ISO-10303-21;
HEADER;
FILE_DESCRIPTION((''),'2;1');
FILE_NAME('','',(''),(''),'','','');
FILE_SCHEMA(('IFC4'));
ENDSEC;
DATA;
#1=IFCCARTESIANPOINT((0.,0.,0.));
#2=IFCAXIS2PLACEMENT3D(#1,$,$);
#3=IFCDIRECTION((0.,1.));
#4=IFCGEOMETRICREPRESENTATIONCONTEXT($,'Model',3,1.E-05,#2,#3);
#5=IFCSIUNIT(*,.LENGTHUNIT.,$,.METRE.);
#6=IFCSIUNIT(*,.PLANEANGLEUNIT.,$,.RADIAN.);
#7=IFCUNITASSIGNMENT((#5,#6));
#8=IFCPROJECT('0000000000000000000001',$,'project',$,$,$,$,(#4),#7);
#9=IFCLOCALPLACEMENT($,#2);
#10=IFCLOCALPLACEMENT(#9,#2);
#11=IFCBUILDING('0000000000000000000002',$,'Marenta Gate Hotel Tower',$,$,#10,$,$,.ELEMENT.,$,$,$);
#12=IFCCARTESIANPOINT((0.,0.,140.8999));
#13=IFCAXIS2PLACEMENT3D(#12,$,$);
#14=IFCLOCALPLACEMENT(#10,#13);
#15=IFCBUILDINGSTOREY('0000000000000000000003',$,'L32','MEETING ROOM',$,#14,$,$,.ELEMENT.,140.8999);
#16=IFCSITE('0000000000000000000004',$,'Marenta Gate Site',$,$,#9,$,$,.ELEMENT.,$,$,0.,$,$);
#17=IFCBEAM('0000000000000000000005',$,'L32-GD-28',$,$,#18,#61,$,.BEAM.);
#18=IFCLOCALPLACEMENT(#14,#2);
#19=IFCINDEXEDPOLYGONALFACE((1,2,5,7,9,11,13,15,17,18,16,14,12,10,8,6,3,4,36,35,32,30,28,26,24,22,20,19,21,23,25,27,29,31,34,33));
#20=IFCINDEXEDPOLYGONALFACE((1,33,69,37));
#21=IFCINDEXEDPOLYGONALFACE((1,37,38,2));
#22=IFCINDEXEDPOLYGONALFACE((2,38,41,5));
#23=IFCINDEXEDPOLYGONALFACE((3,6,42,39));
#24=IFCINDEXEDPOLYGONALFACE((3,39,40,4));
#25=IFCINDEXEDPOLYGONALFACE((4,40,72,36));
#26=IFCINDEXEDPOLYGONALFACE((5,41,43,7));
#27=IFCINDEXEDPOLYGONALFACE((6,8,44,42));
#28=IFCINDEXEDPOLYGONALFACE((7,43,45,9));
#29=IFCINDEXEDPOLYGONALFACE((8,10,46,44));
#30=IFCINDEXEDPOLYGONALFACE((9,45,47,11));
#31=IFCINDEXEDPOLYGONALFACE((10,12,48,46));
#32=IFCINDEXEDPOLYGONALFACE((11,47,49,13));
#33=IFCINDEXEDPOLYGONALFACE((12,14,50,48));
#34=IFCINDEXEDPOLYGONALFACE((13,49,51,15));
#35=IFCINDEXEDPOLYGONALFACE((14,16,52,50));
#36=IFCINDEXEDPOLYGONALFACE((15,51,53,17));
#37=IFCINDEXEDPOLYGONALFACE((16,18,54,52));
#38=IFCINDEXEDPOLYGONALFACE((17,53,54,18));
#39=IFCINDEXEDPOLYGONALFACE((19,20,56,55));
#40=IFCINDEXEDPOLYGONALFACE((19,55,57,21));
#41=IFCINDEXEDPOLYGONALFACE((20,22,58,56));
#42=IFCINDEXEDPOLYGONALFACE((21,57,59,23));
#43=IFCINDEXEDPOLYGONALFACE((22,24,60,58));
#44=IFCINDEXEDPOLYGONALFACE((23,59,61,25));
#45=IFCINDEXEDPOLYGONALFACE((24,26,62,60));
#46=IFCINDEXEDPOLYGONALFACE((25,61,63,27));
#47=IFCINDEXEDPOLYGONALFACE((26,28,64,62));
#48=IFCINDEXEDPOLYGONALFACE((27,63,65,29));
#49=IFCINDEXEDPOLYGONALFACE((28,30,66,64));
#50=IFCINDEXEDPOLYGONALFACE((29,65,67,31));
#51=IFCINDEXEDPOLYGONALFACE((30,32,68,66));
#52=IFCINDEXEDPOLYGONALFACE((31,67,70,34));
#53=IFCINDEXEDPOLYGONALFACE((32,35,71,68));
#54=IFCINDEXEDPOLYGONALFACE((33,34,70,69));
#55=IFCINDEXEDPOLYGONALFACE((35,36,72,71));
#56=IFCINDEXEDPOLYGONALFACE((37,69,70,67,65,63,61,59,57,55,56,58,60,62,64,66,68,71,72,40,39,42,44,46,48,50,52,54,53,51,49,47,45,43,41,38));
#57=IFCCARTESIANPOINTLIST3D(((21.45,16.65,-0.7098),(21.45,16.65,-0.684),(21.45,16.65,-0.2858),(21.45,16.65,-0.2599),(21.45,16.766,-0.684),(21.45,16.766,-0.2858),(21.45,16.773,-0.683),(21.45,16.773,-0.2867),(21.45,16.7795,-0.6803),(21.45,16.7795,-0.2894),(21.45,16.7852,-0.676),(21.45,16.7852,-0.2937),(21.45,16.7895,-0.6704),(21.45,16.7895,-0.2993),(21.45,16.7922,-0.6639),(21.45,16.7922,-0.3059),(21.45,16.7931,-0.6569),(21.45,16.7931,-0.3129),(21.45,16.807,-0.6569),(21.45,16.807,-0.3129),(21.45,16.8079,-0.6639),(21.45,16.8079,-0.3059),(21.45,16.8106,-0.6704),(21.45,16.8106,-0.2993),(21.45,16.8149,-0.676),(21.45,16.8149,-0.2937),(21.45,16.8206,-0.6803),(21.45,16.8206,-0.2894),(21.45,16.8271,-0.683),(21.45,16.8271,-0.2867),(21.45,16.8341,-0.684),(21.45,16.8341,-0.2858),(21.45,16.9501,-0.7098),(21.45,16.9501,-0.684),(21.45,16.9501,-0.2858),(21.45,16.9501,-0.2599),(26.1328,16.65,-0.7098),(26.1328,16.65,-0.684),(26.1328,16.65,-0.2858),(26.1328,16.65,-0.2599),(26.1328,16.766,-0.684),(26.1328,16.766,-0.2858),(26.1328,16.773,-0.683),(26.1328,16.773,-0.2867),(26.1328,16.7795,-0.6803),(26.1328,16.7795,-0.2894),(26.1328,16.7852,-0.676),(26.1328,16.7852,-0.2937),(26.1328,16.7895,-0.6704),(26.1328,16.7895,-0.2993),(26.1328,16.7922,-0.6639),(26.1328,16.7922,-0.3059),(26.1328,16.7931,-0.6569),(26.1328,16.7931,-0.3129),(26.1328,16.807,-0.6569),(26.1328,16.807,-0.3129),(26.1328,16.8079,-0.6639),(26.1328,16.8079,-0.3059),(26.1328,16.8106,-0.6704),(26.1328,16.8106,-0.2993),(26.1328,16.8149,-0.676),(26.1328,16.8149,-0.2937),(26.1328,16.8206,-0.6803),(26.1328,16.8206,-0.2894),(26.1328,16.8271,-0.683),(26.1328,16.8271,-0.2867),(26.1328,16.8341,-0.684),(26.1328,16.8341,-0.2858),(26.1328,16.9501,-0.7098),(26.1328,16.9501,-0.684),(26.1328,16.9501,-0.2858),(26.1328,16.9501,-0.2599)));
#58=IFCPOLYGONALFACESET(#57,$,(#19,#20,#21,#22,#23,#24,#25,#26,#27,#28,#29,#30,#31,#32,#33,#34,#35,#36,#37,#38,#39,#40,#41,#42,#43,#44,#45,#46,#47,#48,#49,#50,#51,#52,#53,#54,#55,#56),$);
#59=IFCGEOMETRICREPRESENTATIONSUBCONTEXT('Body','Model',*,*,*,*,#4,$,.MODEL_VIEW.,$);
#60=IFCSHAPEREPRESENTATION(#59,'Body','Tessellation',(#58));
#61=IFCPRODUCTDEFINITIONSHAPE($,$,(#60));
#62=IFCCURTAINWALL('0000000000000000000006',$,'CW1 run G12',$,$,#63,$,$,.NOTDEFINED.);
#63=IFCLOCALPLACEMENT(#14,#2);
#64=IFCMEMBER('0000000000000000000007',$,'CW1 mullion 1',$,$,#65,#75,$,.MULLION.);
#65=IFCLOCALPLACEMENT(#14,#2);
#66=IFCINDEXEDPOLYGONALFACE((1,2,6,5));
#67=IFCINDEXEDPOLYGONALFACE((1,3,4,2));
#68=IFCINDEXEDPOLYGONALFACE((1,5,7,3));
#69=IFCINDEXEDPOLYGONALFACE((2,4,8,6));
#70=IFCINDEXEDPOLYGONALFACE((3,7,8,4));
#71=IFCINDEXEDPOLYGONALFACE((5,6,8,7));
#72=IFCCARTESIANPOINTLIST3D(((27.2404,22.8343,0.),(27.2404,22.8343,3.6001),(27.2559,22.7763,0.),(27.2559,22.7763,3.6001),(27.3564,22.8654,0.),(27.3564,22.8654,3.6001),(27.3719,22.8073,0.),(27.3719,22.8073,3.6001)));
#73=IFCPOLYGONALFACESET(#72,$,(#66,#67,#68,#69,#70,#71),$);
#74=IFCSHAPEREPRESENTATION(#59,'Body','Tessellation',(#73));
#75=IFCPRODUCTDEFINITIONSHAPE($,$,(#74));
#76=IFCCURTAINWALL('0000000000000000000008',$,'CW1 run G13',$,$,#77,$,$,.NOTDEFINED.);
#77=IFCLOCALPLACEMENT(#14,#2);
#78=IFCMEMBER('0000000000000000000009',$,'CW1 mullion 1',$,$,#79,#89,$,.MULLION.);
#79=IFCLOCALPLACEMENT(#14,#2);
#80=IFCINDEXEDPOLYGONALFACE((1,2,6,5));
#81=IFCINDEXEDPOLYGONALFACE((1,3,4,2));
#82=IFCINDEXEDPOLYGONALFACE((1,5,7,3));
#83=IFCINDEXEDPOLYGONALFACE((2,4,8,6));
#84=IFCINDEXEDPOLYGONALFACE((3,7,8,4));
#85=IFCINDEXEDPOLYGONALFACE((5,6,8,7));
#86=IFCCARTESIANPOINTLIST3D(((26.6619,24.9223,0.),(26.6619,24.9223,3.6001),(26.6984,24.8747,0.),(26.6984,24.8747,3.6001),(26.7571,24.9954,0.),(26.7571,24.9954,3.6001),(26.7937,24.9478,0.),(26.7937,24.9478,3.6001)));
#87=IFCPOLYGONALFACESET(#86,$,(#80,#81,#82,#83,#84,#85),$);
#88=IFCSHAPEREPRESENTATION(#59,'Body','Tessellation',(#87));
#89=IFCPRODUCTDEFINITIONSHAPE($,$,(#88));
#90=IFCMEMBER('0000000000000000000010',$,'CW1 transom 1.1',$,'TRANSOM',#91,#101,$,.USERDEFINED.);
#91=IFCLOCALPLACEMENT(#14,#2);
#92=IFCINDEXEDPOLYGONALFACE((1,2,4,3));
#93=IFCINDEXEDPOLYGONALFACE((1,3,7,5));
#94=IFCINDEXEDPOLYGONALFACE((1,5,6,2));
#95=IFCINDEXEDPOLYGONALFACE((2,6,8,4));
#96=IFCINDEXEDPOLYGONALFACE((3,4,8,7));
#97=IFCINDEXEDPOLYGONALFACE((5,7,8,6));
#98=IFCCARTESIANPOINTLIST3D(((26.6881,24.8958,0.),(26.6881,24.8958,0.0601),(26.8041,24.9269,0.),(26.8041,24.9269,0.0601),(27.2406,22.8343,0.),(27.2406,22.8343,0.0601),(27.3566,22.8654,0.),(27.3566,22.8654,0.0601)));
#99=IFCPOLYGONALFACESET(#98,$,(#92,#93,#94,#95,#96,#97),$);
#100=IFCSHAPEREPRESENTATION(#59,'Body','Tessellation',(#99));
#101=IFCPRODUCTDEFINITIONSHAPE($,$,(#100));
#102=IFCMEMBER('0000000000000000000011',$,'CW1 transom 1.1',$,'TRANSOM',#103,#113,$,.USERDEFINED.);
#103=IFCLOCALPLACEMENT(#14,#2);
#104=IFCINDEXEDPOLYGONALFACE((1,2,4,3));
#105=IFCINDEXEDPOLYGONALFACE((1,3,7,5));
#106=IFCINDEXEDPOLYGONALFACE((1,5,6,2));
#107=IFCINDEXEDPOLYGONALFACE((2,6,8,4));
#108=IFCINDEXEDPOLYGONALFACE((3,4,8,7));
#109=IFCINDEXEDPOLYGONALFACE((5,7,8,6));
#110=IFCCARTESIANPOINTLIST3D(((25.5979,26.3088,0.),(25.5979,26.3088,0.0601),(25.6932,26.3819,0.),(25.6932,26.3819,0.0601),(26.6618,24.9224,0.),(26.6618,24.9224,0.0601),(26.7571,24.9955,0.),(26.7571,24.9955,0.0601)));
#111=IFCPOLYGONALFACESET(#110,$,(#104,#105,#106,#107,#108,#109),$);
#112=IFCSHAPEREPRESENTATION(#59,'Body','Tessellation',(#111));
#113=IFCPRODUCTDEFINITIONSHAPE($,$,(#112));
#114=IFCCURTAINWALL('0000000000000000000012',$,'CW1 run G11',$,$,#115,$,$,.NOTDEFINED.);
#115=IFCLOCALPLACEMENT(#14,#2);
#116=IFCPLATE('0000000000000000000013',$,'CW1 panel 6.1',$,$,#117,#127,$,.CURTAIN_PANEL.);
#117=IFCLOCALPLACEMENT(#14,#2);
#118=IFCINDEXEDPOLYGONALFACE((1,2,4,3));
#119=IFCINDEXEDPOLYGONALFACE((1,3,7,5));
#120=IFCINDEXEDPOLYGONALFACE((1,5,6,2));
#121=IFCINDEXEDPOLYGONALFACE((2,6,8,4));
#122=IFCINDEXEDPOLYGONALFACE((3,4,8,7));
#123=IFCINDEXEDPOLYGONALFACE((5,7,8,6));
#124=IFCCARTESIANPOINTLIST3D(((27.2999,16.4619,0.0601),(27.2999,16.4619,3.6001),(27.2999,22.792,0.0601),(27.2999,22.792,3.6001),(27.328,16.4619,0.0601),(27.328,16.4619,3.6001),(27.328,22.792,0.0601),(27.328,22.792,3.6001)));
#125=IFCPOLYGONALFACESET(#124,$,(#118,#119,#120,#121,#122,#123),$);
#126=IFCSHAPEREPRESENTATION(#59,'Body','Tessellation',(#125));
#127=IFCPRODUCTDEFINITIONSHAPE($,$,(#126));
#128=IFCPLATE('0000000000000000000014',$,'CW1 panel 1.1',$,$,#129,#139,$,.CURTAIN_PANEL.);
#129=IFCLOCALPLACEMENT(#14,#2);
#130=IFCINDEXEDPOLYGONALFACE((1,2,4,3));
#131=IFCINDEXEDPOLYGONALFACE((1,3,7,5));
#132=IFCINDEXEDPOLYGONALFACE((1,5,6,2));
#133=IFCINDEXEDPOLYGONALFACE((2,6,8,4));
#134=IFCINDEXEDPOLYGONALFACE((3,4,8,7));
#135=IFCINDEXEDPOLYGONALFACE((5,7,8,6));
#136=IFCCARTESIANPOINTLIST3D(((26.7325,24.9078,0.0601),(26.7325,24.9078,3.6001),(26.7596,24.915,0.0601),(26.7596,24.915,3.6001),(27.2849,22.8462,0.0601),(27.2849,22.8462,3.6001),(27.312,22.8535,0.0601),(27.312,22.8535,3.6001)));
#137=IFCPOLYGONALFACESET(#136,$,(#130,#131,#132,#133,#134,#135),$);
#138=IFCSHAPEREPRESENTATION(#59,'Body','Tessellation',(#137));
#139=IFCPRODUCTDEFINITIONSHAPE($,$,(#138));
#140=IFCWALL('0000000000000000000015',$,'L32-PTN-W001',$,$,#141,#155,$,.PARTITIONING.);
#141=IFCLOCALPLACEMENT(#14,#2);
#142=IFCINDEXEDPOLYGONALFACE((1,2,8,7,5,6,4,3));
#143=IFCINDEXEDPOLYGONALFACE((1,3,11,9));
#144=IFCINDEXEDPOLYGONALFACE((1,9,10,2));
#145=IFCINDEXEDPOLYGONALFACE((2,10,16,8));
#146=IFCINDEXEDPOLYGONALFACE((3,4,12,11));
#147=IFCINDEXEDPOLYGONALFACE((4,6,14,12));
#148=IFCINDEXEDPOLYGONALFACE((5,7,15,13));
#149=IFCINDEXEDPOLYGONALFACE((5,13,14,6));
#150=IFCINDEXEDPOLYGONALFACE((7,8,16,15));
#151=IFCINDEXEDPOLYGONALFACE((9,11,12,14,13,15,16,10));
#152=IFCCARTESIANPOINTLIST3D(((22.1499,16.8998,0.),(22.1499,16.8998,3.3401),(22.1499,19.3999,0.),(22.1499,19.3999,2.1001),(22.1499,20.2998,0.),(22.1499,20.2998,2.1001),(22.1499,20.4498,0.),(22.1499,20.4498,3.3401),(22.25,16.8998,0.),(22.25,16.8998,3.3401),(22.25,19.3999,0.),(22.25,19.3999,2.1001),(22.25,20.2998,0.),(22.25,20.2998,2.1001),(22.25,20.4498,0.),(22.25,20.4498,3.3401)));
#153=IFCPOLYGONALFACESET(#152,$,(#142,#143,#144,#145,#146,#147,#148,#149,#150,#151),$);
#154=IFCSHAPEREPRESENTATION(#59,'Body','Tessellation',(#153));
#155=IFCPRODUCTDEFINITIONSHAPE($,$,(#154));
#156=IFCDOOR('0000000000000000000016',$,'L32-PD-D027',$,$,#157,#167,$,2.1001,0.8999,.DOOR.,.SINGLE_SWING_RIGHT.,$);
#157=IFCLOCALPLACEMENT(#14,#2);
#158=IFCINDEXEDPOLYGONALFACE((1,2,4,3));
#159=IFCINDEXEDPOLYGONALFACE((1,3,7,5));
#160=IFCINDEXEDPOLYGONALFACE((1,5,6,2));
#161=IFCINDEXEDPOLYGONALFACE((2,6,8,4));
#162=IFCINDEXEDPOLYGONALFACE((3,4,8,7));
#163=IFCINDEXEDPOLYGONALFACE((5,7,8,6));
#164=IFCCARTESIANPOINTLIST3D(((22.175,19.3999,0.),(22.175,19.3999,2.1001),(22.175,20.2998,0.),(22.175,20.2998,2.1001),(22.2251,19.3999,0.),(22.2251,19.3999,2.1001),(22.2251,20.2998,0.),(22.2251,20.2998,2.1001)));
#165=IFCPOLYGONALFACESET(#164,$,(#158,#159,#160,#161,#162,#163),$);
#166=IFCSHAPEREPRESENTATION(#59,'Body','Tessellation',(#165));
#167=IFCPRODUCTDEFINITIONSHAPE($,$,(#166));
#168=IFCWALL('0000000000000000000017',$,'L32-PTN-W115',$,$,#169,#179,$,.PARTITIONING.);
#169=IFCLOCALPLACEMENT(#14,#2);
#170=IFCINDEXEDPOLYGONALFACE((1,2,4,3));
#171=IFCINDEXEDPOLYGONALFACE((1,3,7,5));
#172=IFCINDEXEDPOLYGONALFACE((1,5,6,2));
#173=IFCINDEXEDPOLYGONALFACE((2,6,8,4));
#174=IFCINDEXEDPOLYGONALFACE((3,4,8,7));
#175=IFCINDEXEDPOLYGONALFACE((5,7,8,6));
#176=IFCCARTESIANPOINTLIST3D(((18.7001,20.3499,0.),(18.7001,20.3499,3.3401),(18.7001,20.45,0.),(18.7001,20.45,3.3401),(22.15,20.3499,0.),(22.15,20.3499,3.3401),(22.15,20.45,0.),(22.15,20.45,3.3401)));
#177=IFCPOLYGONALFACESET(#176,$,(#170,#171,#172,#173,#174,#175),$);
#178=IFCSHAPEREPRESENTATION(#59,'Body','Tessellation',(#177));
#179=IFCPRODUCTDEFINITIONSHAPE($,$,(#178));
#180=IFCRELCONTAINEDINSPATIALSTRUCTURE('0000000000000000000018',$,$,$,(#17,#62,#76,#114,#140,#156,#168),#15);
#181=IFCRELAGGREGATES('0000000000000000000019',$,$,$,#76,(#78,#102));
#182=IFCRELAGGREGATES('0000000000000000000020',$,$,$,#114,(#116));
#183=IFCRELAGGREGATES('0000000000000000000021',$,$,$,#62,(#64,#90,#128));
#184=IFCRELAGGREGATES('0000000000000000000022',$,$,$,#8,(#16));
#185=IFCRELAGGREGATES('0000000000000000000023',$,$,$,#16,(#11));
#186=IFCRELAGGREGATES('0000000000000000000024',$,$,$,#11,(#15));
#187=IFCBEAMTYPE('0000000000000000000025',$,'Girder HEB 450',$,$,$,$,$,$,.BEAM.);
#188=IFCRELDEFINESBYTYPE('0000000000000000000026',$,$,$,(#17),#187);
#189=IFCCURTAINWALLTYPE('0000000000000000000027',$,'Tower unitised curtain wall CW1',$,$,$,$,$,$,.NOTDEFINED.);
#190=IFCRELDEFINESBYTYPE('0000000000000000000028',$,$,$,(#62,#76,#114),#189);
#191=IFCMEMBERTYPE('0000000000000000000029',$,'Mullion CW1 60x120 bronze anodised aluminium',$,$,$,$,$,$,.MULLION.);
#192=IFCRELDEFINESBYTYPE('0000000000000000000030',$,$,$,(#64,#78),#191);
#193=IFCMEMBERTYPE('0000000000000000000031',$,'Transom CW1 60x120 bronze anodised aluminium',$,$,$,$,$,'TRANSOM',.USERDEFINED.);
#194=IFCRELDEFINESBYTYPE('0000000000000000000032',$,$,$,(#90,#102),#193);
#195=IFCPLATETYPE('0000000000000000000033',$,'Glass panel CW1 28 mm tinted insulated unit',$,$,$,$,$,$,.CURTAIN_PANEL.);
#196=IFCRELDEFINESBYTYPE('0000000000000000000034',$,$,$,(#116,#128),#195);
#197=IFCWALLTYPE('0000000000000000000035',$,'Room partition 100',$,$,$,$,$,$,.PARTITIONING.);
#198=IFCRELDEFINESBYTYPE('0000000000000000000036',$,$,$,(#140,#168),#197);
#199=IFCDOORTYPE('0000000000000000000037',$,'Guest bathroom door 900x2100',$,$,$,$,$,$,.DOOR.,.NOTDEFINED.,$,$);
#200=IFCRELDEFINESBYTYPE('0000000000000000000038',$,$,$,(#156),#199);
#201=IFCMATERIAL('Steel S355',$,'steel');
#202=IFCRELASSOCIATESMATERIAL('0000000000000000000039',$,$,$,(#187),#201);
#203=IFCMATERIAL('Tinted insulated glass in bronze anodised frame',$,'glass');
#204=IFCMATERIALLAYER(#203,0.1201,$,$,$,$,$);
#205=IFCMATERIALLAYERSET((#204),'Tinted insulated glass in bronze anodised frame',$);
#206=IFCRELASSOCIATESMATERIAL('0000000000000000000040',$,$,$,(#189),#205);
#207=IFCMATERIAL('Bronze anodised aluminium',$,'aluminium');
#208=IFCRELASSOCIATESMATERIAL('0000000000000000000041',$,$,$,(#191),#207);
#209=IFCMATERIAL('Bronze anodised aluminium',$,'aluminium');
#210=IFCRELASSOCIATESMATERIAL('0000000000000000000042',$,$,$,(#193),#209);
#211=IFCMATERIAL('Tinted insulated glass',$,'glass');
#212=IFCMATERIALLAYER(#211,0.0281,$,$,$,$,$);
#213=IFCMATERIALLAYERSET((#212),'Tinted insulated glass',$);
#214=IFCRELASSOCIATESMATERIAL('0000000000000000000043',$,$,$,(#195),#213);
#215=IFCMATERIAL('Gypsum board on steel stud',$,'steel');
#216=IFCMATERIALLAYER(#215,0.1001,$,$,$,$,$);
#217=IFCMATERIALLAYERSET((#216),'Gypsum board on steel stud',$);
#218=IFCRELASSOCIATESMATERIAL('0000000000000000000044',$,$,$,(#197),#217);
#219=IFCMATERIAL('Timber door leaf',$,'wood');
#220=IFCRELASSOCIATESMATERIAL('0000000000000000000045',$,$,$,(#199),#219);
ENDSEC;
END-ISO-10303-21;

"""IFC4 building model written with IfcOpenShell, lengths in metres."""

from ifc_helpers import new_model, si_unit, direction, frame, frame_2d, origin, origin_2d, place, context, subcontext, project, spatial, rectangle, i_section, extrude, material, layer, layer_set, material_profile, profile_set, type_object, element, fill, aggregate, save


model = new_model("IFC4")

# Units and contexts
model_context = context("Model", 3, precision=1e-05, world=origin(), true_north=direction((0.0, 1.0)))
body_context = subcontext(model_context, "Body", "Model", "MODEL_VIEW")
ifc_project = project(units=[si_unit("LENGTHUNIT", "METRE"), si_unit("PLANEANGLEUNIT", "RADIAN")], contexts=[model_context])

# Site, building, storey
site_placement = place(None, origin())
site = spatial("IfcSite", under=ifc_project, at=site_placement, Name="Marenta Gate Site", CompositionType="ELEMENT", RefElevation=0.0)
building_placement = place(site_placement, origin())
building = spatial("IfcBuilding", under=site, at=building_placement, Name="Marenta Gate Hotel Tower", CompositionType="ELEMENT")
storey_placement = place(building_placement, frame((0.0, 0.0, 140.8999)))
storey = spatial("IfcBuildingStorey", under=building, at=storey_placement, Name="L32", Description="MEETING ROOM", CompositionType="ELEMENT", Elevation=140.8999)

# Beam
ifc_material_1 = material(Name="Steel S355", Category="steel")
ifc_material_profile_1 = material_profile(ifc_material_1, i_section(OverallWidth=0.3, OverallDepth=0.45, WebThickness=0.0139, FlangeThickness=0.0259, FilletRadius=0.0271, at=origin_2d()), Name="HEB 450")
ifc_profile_set_1 = profile_set([ifc_material_profile_1], Name="Steel S355")
beam_type_1 = type_object("IfcBeamType", Name="Girder HEB 450", PredefinedType="BEAM", material=ifc_profile_set_1)
beam_1_placement = place(storey_placement, frame((21.45, 16.8, -0.4849), z_axis=(1.0, 0.0, 0.0), x_axis=(0.0, 1.0, 0.0)))
element("IfcBeam", 1, at=beam_1_placement, inside=storey, type_object=beam_type_1, Name="L32-GD-28", PredefinedType="BEAM", context=body_context, shape_type="SweptSolid", body=[
    extrude(i_section(OverallWidth=0.3, OverallDepth=0.45, WebThickness=0.0139, FlangeThickness=0.0259, FilletRadius=0.0271, at=origin_2d()), origin(), (0.0, 0.0, 1.0), 4.6829),
])

# Curtain walls, members
ifc_material_2 = material(Name="Tinted insulated glass in bronze anodised frame", Category="glass")
ifc_layer_1 = layer(ifc_material_2, 0.1201)
ifc_layer_set_1 = layer_set([ifc_layer_1], Name="Tinted insulated glass in bronze anodised frame")
curtain_wall_type = type_object("IfcCurtainWallType", Name="Tower unitised curtain wall CW1", PredefinedType="NOTDEFINED", material=ifc_layer_set_1)
curtain_wall_1_placement = place(storey_placement, origin())
curtain_wall_1 = element("IfcCurtainWall", 2, at=curtain_wall_1_placement, inside=storey, type_object=curtain_wall_type, Name="CW1 run G12", PredefinedType="NOTDEFINED")
ifc_material_3 = material(Name="Bronze anodised aluminium", Category="aluminium")
ifc_material_profile_2 = material_profile(ifc_material_3, rectangle(XDim=0.1201, YDim=0.0601, at=origin_2d()), Name="Mullion CW1 60x120 bronze anodised aluminium")
ifc_profile_set_2 = profile_set([ifc_material_profile_2], Name="Bronze anodised aluminium")
member_type_1 = type_object("IfcMemberType", Name="Mullion CW1 60x120 bronze anodised aluminium", PredefinedType="MULLION", material=ifc_profile_set_2)
member_1_placement = place(storey_placement, frame((27.3062, 22.8208, 0.0), z_axis=(0.0, 0.0, 1.0), x_axis=(-0.965925, -0.258823, 0.0)))
member_1 = element("IfcMember", 3, at=member_1_placement, type_object=member_type_1, Name="CW1 mullion 1", PredefinedType="MULLION", context=body_context, shape_type="SweptSolid", body=[
    extrude(rectangle(XDim=0.1201, YDim=0.0601, at=origin_2d()), origin(), (0.0, 0.0, 1.0), 3.6001),
])
curtain_wall_2_placement = place(storey_placement, origin())
curtain_wall_2 = element("IfcCurtainWall", 4, at=curtain_wall_2_placement, inside=storey, type_object=curtain_wall_type, Name="CW1 run G13", PredefinedType="NOTDEFINED")
member_2_placement = place(storey_placement, frame((26.7278, 24.9351, 0.0), z_axis=(0.0, 0.0, 1.0), x_axis=(-0.793327, -0.608796, 0.0)))
member_2 = element("IfcMember", 5, at=member_2_placement, type_object=member_type_1, Name="CW1 mullion 1", PredefinedType="MULLION", context=body_context, shape_type="SweptSolid", body=[
    extrude(rectangle(XDim=0.1201, YDim=0.0601, at=origin_2d()), origin(), (0.0, 0.0, 1.0), 3.6001),
])

# Members
ifc_material_4 = material(Name="Bronze anodised aluminium", Category="aluminium")
ifc_material_profile_3 = material_profile(ifc_material_4, rectangle(XDim=0.1201, YDim=0.0601, at=origin_2d()), Name="Transom CW1 60x120 bronze anodised aluminium")
ifc_profile_set_3 = profile_set([ifc_material_profile_3], Name="Bronze anodised aluminium")
member_type_2 = type_object("IfcMemberType", Name="Transom CW1 60x120 bronze anodised aluminium", ElementType="TRANSOM", PredefinedType="USERDEFINED", material=ifc_profile_set_3)
member_3_placement = place(storey_placement, frame((27.2986, 22.8499, 0.03), z_axis=(-0.258866, 0.965913, 0.0), x_axis=(-0.965913, -0.258866, 0.0)))
member_3 = element("IfcMember", 6, at=member_3_placement, type_object=member_type_2, Name="CW1 transom 1.1", ObjectType="TRANSOM", PredefinedType="USERDEFINED", context=body_context, shape_type="SweptSolid", body=[
    extrude(rectangle(XDim=0.1201, YDim=0.0601, at=origin_2d()), origin(), (0.0, 0.0, 1.0), 2.1343),
])
member_4_placement = place(storey_placement, frame((26.7095, 24.959, 0.03), z_axis=(-0.608792, 0.79333, 0.0), x_axis=(-0.79333, -0.608792, 0.0)))
member_4 = element("IfcMember", 7, at=member_4_placement, type_object=member_type_2, Name="CW1 transom 1.1", ObjectType="TRANSOM", PredefinedType="USERDEFINED", context=body_context, shape_type="SweptSolid", body=[
    extrude(rectangle(XDim=0.1201, YDim=0.0601, at=origin_2d()), origin(), (0.0, 0.0, 1.0), 1.7476),
])
aggregate(curtain_wall_2, [member_2, member_4])

# Curtain wall, plate
curtain_wall_3_placement = place(storey_placement, origin())
curtain_wall_3 = element("IfcCurtainWall", 8, at=curtain_wall_3_placement, inside=storey, type_object=curtain_wall_type, Name="CW1 run G11", PredefinedType="NOTDEFINED")
ifc_material_5 = material(Name="Tinted insulated glass", Category="glass")
ifc_layer_2 = layer(ifc_material_5, 0.0281)
ifc_layer_set_2 = layer_set([ifc_layer_2], Name="Tinted insulated glass")
plate_type = type_object("IfcPlateType", Name="Glass panel CW1 28 mm tinted insulated unit", PredefinedType="CURTAIN_PANEL", material=ifc_layer_set_2)
plate_1_placement = place(storey_placement, frame((27.314, 19.627, 0.0601), z_axis=(0.0, 0.0, 1.0), x_axis=(0.0, 1.0, 0.0)))
plate_1 = element("IfcPlate", 9, at=plate_1_placement, type_object=plate_type, Name="CW1 panel 6.1", PredefinedType="CURTAIN_PANEL", context=body_context, shape_type="SweptSolid", body=[
    extrude(rectangle(XDim=6.3301, YDim=0.0281, at=origin_2d()), origin(), (0.0, 0.0, 1.0), 3.54),
])
aggregate(curtain_wall_3, [plate_1])

# Plate
plate_2_placement = place(storey_placement, frame((27.0222, 23.8806, 0.0601), z_axis=(0.0, 0.0, 1.0), x_axis=(-0.258823, 0.965925, 0.0)))
plate_2 = element("IfcPlate", 10, at=plate_2_placement, type_object=plate_type, Name="CW1 panel 1.1", PredefinedType="CURTAIN_PANEL", context=body_context, shape_type="SweptSolid", body=[
    extrude(rectangle(XDim=2.1343, YDim=0.0281, at=origin_2d()), origin(), (0.0, 0.0, 1.0), 3.54),
])
aggregate(curtain_wall_1, [member_1, member_3, plate_2])

# Wall, opening, door
ifc_material_6 = material(Name="Gypsum board on steel stud", Category="steel")
ifc_layer_3 = layer(ifc_material_6, 0.1001)
ifc_layer_set_3 = layer_set([ifc_layer_3], Name="Gypsum board on steel stud")
wall_type_1 = type_object("IfcWallType", Name="Room partition 100", PredefinedType="PARTITIONING", material=ifc_layer_set_3)
wall_1_placement = place(storey_placement, frame((22.2, 16.8999, 0.0), z_axis=(0.0, 0.0, 1.0), x_axis=(0.0, 1.0, 0.0)))
wall_1 = element("IfcWall", 11, at=wall_1_placement, inside=storey, type_object=wall_type_1, Name="L32-PTN-W001", PredefinedType="PARTITIONING", context=body_context, shape_type="SweptSolid", body=[
    extrude(rectangle(XDim=3.55, YDim=0.1001, at=frame_2d((1.7749, 0.0))), origin(), (0.0, 0.0, 1.0), 3.3401),
])
opening_placement = place(wall_1_placement, frame((2.5, 0.0, 0.0)))
opening = element("IfcOpeningElement", 12, at=opening_placement, cuts=wall_1, PredefinedType="OPENING", context=body_context, shape_type="SweptSolid", body=[
    extrude(rectangle(XDim=0.8999, YDim=2.1001, at=frame_2d((0.45, 1.05))), frame((0.0, 0.05, 0.0), z_axis=(0.0, -1.0, 0.0), x_axis=(1.0, 0.0, 0.0)), (0.0, 0.0, 1.0), 0.1001),
])
ifc_material_7 = material(Name="Timber door leaf", Category="wood")
door_type = type_object("IfcDoorType", Name="Guest bathroom door 900x2100", OperationType="NOTDEFINED", PredefinedType="DOOR", material=ifc_material_7)
door_placement = place(opening_placement, origin())
door = element("IfcDoor", 13, at=door_placement, inside=storey, type_object=door_type, Name="L32-PD-D027", OperationType="SINGLE_SWING_RIGHT", OverallHeight=2.1001, OverallWidth=0.8999, PredefinedType="DOOR", context=body_context, shape_type="SweptSolid", body=[
    extrude(rectangle(XDim=0.8999, YDim=2.1001, at=frame_2d((0.45, 1.05))), frame((0.0, 0.0249, 0.0), z_axis=(0.0, -1.0, 0.0), x_axis=(1.0, 0.0, 0.0)), (0.0, 0.0, 1.0), 0.05),
])
fill(opening, door)

# Wall
wall_2_placement = place(storey_placement, frame((18.7, 20.3999, 0.0), z_axis=(0.0, 0.0, 1.0), x_axis=(1.0, 0.0, 0.0)))
element("IfcWall", 14, at=wall_2_placement, inside=storey, type_object=wall_type_1, Name="L32-PTN-W115", PredefinedType="PARTITIONING", context=body_context, shape_type="SweptSolid", body=[
    extrude(rectangle(XDim=3.45, YDim=0.1001, at=frame_2d((1.7251, 0.0))), origin(), (0.0, 0.0, 1.0), 3.3401),
])

save(model, "model.ifc")
